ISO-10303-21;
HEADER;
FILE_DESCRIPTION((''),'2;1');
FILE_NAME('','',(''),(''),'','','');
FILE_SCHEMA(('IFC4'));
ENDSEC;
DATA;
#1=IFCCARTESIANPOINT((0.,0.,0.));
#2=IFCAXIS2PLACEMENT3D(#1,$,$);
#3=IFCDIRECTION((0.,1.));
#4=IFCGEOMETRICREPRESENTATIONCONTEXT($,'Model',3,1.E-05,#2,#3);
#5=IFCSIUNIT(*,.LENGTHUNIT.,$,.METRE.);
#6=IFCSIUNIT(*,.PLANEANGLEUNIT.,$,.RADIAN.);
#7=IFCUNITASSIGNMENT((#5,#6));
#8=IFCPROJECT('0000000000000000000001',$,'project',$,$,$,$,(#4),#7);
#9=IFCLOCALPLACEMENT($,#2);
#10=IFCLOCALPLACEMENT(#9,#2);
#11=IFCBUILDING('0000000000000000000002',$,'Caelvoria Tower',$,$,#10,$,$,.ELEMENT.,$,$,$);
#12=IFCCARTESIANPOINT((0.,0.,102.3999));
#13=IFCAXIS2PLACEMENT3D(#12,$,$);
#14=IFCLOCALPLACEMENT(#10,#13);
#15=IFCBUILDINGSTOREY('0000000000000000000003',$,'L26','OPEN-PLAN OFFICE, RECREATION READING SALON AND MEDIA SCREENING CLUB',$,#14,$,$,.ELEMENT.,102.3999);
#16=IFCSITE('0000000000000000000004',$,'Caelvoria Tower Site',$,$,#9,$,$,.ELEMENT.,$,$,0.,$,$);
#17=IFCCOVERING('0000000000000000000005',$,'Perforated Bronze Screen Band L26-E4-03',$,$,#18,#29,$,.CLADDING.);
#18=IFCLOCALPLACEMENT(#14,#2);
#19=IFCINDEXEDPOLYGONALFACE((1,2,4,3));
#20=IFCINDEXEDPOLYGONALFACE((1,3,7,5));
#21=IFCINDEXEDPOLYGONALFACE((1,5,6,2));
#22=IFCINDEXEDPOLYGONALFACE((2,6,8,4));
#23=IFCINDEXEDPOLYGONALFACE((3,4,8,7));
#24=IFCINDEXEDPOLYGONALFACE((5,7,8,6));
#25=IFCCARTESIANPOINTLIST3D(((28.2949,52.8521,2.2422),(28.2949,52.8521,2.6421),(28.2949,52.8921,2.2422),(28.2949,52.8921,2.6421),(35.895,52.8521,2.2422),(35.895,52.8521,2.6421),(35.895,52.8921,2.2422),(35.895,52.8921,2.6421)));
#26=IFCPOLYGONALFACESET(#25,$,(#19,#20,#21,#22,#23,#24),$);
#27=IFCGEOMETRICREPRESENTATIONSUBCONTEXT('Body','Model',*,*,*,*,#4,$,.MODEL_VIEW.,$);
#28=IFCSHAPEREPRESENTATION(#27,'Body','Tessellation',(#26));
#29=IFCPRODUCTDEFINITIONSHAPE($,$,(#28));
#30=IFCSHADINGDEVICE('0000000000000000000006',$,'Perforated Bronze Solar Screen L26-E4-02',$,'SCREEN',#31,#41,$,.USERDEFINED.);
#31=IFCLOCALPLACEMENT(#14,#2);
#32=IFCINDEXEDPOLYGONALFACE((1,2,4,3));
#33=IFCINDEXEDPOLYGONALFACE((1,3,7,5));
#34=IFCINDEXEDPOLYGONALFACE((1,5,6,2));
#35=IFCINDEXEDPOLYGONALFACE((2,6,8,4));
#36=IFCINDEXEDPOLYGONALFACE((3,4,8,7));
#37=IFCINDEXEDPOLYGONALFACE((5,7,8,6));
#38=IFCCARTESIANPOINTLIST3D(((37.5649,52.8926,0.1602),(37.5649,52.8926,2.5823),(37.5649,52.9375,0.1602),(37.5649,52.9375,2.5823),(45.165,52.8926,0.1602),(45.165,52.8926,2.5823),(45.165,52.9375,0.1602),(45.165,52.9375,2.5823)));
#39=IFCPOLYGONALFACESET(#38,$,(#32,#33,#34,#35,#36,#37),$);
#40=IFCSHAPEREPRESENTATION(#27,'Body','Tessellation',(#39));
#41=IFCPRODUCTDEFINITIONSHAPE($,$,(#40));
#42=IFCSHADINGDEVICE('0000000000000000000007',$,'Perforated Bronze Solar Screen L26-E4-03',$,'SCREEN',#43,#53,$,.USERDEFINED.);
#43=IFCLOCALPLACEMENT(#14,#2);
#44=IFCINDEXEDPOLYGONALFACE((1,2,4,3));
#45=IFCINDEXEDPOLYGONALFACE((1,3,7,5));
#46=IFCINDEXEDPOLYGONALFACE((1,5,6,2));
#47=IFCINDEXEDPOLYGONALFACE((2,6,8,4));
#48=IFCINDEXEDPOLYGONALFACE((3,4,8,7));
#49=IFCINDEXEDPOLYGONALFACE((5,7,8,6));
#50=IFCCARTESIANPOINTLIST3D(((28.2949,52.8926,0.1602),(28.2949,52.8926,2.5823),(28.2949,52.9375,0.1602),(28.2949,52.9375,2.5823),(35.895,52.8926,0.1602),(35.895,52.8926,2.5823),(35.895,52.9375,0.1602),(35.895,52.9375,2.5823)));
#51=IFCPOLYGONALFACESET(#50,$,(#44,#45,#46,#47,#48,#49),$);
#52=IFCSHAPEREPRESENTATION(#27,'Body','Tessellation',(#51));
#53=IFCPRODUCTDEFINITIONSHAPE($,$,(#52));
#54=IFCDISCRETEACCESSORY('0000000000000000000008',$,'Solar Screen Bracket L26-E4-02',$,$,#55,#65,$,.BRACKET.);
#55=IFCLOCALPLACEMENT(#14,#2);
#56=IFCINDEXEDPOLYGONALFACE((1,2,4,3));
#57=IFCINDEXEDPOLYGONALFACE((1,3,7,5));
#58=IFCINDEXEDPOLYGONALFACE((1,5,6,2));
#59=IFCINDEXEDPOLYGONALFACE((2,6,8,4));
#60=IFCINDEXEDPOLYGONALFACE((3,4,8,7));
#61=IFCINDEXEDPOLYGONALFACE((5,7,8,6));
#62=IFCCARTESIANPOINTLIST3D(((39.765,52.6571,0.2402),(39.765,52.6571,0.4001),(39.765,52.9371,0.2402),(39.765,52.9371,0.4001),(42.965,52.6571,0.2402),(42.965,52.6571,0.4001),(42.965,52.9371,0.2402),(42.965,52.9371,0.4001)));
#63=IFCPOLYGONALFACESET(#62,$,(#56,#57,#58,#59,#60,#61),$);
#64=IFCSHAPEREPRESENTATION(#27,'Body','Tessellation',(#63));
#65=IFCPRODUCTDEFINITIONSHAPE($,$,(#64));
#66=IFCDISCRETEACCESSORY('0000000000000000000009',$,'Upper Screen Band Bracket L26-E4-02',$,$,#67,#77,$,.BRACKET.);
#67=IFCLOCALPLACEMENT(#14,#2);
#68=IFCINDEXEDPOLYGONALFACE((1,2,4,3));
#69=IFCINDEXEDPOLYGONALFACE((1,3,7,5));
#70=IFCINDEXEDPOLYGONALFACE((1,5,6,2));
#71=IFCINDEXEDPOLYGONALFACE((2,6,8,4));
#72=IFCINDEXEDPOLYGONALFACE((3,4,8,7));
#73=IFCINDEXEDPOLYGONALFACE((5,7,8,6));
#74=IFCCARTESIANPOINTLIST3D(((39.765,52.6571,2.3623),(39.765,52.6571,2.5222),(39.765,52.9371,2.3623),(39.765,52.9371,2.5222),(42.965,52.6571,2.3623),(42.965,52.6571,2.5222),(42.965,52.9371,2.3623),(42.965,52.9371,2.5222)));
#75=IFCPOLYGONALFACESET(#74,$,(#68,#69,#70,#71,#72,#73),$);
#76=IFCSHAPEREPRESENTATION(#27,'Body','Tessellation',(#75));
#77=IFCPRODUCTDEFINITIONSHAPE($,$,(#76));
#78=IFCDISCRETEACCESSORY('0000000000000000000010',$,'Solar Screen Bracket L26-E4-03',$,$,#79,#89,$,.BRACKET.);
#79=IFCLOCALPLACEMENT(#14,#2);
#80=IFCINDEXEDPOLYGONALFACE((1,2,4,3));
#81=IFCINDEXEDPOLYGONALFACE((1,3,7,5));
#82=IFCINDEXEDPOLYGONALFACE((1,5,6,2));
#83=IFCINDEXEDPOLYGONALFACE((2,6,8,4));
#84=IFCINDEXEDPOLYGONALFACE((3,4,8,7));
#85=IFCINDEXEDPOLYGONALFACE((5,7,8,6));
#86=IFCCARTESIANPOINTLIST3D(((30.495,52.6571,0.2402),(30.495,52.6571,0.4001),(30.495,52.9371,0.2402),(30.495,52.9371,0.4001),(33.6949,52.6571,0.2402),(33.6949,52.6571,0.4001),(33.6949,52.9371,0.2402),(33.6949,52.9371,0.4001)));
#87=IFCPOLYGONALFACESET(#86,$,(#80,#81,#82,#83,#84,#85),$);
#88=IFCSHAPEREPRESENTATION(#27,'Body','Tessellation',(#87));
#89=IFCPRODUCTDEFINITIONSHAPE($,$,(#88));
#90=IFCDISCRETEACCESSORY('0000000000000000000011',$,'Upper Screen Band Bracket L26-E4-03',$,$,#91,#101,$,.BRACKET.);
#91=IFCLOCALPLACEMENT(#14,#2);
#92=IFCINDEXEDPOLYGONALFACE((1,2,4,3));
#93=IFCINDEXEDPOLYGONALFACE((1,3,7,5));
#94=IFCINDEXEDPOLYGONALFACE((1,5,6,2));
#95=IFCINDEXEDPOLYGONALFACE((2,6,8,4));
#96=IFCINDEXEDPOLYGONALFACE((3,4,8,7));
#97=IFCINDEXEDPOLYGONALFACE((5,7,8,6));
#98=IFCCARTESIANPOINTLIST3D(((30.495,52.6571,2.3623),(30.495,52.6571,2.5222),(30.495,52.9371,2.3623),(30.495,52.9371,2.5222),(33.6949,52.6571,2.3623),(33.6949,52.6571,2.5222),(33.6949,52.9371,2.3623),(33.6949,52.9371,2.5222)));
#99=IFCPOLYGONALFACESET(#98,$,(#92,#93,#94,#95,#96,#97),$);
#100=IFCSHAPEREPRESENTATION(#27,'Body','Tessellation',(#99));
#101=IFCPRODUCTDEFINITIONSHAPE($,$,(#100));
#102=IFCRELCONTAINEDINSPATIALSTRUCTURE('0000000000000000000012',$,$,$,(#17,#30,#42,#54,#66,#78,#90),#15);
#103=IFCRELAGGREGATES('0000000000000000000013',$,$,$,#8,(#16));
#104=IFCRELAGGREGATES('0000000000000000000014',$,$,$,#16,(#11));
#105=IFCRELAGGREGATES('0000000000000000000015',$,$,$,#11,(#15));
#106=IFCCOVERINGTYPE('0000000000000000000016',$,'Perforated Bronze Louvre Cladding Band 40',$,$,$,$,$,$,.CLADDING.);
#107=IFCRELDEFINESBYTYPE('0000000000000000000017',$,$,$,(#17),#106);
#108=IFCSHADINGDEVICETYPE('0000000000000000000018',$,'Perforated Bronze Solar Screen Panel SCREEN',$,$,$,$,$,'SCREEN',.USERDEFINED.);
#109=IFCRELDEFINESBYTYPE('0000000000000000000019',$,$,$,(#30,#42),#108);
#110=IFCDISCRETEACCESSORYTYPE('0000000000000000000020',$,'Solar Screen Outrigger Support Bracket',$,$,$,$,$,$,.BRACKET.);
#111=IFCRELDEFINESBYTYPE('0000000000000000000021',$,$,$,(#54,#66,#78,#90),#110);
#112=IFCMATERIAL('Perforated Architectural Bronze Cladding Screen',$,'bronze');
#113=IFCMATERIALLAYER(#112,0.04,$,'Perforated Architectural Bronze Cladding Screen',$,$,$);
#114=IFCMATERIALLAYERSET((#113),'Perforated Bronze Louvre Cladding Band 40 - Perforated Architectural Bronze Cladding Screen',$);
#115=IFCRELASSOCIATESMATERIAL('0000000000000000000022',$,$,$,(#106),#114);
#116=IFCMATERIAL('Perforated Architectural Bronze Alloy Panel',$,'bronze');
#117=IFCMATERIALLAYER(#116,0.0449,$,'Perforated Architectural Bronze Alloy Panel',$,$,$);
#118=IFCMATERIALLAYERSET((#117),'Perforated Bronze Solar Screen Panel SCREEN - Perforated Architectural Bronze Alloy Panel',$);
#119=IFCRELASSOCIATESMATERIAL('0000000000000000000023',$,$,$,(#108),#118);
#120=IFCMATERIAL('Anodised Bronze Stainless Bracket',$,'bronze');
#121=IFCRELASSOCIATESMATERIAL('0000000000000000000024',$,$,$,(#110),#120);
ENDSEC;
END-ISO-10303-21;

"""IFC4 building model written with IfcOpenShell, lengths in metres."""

from ifc_helpers import new_model, si_unit, direction, frame, origin, origin_2d, place, context, subcontext, project, spatial, rectangle, extrude, material, layer, layer_set, type_object, element, save


model = new_model("IFC4")

# Units and contexts
model_context = context("Model", 3, precision=1e-05, world=origin(), true_north=direction((0.0, 1.0)))
body_context = subcontext(model_context, "Body", "Model", "MODEL_VIEW")
ifc_project = project(units=[si_unit("LENGTHUNIT", "METRE"), si_unit("PLANEANGLEUNIT", "RADIAN")], contexts=[model_context])

# Site, building, storey
site_placement = place(None, origin())
site = spatial("IfcSite", under=ifc_project, at=site_placement, Name="Caelvoria Tower Site", CompositionType="ELEMENT", RefElevation=0.0)
building_placement = place(site_placement, origin())
building = spatial("IfcBuilding", under=site, at=building_placement, Name="Caelvoria Tower", CompositionType="ELEMENT")
storey_placement = place(building_placement, frame((0.0, 0.0, 102.3999)))
storey = spatial("IfcBuildingStorey", under=building, at=storey_placement, Name="L26", Description="OPEN-PLAN OFFICE, RECREATION READING SALON AND MEDIA SCREENING CLUB", CompositionType="ELEMENT", Elevation=102.3999)

# Covering
ifc_material_1 = material(Name="Perforated Architectural Bronze Cladding Screen", Category="bronze")
ifc_layer_1 = layer(ifc_material_1, 0.04, Name="Perforated Architectural Bronze Cladding Screen")
ifc_layer_set_1 = layer_set([ifc_layer_1], Name="Perforated Bronze Louvre Cladding Band 40 - Perforated Architectural Bronze Cladding Screen")
covering_type = type_object("IfcCoveringType", Name="Perforated Bronze Louvre Cladding Band 40", PredefinedType="CLADDING", material=ifc_layer_set_1)
for number, where, z_axis, x_axis, name in (
    (1, (32.095, 52.8721, 2.2422), (0.0, 0.0, 1.0), (-1.0, 0.0, 0.0), "Perforated Bronze Screen Band L26-E4-03"),
):
    element("IfcCovering", number, at=place(storey_placement, frame(where, z_axis=z_axis, x_axis=x_axis)), inside=storey, type_object=covering_type, Name=name, PredefinedType="CLADDING", context=body_context, shape_type="SweptSolid", body=[
        extrude(rectangle(XDim=7.6001, YDim=0.04, at=origin_2d()), origin(), (0.0, 0.0, 1.0), 0.3999),
    ])

# Shading devices
ifc_material_2 = material(Name="Perforated Architectural Bronze Alloy Panel", Category="bronze")
ifc_layer_2 = layer(ifc_material_2, 0.0449, Name="Perforated Architectural Bronze Alloy Panel")
ifc_layer_set_2 = layer_set([ifc_layer_2], Name="Perforated Bronze Solar Screen Panel SCREEN - Perforated Architectural Bronze Alloy Panel")
shading_device_type = type_object("IfcShadingDeviceType", Name="Perforated Bronze Solar Screen Panel SCREEN", ElementType="SCREEN", PredefinedType="USERDEFINED", material=ifc_layer_set_2)
for number, where, z_axis, x_axis, name in (
    (2, (41.365, 52.915, 0.1602), (0.0, 0.0, 1.0), (-1.0, 0.0, 0.0), "Perforated Bronze Solar Screen L26-E4-02"),
    (3, (32.095, 52.915, 0.1602), (0.0, 0.0, 1.0), (-1.0, 0.0, 0.0), "Perforated Bronze Solar Screen L26-E4-03"),
):
    element("IfcShadingDevice", number, at=place(storey_placement, frame(where, z_axis=z_axis, x_axis=x_axis)), inside=storey, type_object=shading_device_type, Name=name, ObjectType="SCREEN", PredefinedType="USERDEFINED", context=body_context, shape_type="SweptSolid", body=[
        extrude(rectangle(XDim=7.6001, YDim=0.0449, at=origin_2d()), origin(), (0.0, 0.0, 1.0), 2.4221),
    ])

# Discrete accessories
ifc_material_3 = material(Name="Anodised Bronze Stainless Bracket", Category="bronze")
discrete_accessory_type = type_object("IfcDiscreteAccessoryType", Name="Solar Screen Outrigger Support Bracket", PredefinedType="BRACKET", material=ifc_material_3)
for number, where, z_axis, x_axis, name in (
    (4, (41.365, 52.7971, 0.2402), (0.0, 0.0, 1.0), (-1.0, 0.0, 0.0), "Solar Screen Bracket L26-E4-02"),
    (5, (41.365, 52.7971, 2.3623), (0.0, 0.0, 1.0), (-1.0, 0.0, 0.0), "Upper Screen Band Bracket L26-E4-02"),
    (6, (32.095, 52.7971, 0.2402), (0.0, 0.0, 1.0), (-1.0, 0.0, 0.0), "Solar Screen Bracket L26-E4-03"),
    (7, (32.095, 52.7971, 2.3623), (0.0, 0.0, 1.0), (-1.0, 0.0, 0.0), "Upper Screen Band Bracket L26-E4-03"),
):
    element("IfcDiscreteAccessory", number, at=place(storey_placement, frame(where, z_axis=z_axis, x_axis=x_axis)), inside=storey, type_object=discrete_accessory_type, Name=name, PredefinedType="BRACKET", context=body_context, shape_type="SweptSolid", body=[
        extrude(rectangle(XDim=3.2, YDim=0.28, at=origin_2d()), origin(), (0.0, 0.0, 1.0), 0.1599),
    ])

save(model, "model.ifc")
